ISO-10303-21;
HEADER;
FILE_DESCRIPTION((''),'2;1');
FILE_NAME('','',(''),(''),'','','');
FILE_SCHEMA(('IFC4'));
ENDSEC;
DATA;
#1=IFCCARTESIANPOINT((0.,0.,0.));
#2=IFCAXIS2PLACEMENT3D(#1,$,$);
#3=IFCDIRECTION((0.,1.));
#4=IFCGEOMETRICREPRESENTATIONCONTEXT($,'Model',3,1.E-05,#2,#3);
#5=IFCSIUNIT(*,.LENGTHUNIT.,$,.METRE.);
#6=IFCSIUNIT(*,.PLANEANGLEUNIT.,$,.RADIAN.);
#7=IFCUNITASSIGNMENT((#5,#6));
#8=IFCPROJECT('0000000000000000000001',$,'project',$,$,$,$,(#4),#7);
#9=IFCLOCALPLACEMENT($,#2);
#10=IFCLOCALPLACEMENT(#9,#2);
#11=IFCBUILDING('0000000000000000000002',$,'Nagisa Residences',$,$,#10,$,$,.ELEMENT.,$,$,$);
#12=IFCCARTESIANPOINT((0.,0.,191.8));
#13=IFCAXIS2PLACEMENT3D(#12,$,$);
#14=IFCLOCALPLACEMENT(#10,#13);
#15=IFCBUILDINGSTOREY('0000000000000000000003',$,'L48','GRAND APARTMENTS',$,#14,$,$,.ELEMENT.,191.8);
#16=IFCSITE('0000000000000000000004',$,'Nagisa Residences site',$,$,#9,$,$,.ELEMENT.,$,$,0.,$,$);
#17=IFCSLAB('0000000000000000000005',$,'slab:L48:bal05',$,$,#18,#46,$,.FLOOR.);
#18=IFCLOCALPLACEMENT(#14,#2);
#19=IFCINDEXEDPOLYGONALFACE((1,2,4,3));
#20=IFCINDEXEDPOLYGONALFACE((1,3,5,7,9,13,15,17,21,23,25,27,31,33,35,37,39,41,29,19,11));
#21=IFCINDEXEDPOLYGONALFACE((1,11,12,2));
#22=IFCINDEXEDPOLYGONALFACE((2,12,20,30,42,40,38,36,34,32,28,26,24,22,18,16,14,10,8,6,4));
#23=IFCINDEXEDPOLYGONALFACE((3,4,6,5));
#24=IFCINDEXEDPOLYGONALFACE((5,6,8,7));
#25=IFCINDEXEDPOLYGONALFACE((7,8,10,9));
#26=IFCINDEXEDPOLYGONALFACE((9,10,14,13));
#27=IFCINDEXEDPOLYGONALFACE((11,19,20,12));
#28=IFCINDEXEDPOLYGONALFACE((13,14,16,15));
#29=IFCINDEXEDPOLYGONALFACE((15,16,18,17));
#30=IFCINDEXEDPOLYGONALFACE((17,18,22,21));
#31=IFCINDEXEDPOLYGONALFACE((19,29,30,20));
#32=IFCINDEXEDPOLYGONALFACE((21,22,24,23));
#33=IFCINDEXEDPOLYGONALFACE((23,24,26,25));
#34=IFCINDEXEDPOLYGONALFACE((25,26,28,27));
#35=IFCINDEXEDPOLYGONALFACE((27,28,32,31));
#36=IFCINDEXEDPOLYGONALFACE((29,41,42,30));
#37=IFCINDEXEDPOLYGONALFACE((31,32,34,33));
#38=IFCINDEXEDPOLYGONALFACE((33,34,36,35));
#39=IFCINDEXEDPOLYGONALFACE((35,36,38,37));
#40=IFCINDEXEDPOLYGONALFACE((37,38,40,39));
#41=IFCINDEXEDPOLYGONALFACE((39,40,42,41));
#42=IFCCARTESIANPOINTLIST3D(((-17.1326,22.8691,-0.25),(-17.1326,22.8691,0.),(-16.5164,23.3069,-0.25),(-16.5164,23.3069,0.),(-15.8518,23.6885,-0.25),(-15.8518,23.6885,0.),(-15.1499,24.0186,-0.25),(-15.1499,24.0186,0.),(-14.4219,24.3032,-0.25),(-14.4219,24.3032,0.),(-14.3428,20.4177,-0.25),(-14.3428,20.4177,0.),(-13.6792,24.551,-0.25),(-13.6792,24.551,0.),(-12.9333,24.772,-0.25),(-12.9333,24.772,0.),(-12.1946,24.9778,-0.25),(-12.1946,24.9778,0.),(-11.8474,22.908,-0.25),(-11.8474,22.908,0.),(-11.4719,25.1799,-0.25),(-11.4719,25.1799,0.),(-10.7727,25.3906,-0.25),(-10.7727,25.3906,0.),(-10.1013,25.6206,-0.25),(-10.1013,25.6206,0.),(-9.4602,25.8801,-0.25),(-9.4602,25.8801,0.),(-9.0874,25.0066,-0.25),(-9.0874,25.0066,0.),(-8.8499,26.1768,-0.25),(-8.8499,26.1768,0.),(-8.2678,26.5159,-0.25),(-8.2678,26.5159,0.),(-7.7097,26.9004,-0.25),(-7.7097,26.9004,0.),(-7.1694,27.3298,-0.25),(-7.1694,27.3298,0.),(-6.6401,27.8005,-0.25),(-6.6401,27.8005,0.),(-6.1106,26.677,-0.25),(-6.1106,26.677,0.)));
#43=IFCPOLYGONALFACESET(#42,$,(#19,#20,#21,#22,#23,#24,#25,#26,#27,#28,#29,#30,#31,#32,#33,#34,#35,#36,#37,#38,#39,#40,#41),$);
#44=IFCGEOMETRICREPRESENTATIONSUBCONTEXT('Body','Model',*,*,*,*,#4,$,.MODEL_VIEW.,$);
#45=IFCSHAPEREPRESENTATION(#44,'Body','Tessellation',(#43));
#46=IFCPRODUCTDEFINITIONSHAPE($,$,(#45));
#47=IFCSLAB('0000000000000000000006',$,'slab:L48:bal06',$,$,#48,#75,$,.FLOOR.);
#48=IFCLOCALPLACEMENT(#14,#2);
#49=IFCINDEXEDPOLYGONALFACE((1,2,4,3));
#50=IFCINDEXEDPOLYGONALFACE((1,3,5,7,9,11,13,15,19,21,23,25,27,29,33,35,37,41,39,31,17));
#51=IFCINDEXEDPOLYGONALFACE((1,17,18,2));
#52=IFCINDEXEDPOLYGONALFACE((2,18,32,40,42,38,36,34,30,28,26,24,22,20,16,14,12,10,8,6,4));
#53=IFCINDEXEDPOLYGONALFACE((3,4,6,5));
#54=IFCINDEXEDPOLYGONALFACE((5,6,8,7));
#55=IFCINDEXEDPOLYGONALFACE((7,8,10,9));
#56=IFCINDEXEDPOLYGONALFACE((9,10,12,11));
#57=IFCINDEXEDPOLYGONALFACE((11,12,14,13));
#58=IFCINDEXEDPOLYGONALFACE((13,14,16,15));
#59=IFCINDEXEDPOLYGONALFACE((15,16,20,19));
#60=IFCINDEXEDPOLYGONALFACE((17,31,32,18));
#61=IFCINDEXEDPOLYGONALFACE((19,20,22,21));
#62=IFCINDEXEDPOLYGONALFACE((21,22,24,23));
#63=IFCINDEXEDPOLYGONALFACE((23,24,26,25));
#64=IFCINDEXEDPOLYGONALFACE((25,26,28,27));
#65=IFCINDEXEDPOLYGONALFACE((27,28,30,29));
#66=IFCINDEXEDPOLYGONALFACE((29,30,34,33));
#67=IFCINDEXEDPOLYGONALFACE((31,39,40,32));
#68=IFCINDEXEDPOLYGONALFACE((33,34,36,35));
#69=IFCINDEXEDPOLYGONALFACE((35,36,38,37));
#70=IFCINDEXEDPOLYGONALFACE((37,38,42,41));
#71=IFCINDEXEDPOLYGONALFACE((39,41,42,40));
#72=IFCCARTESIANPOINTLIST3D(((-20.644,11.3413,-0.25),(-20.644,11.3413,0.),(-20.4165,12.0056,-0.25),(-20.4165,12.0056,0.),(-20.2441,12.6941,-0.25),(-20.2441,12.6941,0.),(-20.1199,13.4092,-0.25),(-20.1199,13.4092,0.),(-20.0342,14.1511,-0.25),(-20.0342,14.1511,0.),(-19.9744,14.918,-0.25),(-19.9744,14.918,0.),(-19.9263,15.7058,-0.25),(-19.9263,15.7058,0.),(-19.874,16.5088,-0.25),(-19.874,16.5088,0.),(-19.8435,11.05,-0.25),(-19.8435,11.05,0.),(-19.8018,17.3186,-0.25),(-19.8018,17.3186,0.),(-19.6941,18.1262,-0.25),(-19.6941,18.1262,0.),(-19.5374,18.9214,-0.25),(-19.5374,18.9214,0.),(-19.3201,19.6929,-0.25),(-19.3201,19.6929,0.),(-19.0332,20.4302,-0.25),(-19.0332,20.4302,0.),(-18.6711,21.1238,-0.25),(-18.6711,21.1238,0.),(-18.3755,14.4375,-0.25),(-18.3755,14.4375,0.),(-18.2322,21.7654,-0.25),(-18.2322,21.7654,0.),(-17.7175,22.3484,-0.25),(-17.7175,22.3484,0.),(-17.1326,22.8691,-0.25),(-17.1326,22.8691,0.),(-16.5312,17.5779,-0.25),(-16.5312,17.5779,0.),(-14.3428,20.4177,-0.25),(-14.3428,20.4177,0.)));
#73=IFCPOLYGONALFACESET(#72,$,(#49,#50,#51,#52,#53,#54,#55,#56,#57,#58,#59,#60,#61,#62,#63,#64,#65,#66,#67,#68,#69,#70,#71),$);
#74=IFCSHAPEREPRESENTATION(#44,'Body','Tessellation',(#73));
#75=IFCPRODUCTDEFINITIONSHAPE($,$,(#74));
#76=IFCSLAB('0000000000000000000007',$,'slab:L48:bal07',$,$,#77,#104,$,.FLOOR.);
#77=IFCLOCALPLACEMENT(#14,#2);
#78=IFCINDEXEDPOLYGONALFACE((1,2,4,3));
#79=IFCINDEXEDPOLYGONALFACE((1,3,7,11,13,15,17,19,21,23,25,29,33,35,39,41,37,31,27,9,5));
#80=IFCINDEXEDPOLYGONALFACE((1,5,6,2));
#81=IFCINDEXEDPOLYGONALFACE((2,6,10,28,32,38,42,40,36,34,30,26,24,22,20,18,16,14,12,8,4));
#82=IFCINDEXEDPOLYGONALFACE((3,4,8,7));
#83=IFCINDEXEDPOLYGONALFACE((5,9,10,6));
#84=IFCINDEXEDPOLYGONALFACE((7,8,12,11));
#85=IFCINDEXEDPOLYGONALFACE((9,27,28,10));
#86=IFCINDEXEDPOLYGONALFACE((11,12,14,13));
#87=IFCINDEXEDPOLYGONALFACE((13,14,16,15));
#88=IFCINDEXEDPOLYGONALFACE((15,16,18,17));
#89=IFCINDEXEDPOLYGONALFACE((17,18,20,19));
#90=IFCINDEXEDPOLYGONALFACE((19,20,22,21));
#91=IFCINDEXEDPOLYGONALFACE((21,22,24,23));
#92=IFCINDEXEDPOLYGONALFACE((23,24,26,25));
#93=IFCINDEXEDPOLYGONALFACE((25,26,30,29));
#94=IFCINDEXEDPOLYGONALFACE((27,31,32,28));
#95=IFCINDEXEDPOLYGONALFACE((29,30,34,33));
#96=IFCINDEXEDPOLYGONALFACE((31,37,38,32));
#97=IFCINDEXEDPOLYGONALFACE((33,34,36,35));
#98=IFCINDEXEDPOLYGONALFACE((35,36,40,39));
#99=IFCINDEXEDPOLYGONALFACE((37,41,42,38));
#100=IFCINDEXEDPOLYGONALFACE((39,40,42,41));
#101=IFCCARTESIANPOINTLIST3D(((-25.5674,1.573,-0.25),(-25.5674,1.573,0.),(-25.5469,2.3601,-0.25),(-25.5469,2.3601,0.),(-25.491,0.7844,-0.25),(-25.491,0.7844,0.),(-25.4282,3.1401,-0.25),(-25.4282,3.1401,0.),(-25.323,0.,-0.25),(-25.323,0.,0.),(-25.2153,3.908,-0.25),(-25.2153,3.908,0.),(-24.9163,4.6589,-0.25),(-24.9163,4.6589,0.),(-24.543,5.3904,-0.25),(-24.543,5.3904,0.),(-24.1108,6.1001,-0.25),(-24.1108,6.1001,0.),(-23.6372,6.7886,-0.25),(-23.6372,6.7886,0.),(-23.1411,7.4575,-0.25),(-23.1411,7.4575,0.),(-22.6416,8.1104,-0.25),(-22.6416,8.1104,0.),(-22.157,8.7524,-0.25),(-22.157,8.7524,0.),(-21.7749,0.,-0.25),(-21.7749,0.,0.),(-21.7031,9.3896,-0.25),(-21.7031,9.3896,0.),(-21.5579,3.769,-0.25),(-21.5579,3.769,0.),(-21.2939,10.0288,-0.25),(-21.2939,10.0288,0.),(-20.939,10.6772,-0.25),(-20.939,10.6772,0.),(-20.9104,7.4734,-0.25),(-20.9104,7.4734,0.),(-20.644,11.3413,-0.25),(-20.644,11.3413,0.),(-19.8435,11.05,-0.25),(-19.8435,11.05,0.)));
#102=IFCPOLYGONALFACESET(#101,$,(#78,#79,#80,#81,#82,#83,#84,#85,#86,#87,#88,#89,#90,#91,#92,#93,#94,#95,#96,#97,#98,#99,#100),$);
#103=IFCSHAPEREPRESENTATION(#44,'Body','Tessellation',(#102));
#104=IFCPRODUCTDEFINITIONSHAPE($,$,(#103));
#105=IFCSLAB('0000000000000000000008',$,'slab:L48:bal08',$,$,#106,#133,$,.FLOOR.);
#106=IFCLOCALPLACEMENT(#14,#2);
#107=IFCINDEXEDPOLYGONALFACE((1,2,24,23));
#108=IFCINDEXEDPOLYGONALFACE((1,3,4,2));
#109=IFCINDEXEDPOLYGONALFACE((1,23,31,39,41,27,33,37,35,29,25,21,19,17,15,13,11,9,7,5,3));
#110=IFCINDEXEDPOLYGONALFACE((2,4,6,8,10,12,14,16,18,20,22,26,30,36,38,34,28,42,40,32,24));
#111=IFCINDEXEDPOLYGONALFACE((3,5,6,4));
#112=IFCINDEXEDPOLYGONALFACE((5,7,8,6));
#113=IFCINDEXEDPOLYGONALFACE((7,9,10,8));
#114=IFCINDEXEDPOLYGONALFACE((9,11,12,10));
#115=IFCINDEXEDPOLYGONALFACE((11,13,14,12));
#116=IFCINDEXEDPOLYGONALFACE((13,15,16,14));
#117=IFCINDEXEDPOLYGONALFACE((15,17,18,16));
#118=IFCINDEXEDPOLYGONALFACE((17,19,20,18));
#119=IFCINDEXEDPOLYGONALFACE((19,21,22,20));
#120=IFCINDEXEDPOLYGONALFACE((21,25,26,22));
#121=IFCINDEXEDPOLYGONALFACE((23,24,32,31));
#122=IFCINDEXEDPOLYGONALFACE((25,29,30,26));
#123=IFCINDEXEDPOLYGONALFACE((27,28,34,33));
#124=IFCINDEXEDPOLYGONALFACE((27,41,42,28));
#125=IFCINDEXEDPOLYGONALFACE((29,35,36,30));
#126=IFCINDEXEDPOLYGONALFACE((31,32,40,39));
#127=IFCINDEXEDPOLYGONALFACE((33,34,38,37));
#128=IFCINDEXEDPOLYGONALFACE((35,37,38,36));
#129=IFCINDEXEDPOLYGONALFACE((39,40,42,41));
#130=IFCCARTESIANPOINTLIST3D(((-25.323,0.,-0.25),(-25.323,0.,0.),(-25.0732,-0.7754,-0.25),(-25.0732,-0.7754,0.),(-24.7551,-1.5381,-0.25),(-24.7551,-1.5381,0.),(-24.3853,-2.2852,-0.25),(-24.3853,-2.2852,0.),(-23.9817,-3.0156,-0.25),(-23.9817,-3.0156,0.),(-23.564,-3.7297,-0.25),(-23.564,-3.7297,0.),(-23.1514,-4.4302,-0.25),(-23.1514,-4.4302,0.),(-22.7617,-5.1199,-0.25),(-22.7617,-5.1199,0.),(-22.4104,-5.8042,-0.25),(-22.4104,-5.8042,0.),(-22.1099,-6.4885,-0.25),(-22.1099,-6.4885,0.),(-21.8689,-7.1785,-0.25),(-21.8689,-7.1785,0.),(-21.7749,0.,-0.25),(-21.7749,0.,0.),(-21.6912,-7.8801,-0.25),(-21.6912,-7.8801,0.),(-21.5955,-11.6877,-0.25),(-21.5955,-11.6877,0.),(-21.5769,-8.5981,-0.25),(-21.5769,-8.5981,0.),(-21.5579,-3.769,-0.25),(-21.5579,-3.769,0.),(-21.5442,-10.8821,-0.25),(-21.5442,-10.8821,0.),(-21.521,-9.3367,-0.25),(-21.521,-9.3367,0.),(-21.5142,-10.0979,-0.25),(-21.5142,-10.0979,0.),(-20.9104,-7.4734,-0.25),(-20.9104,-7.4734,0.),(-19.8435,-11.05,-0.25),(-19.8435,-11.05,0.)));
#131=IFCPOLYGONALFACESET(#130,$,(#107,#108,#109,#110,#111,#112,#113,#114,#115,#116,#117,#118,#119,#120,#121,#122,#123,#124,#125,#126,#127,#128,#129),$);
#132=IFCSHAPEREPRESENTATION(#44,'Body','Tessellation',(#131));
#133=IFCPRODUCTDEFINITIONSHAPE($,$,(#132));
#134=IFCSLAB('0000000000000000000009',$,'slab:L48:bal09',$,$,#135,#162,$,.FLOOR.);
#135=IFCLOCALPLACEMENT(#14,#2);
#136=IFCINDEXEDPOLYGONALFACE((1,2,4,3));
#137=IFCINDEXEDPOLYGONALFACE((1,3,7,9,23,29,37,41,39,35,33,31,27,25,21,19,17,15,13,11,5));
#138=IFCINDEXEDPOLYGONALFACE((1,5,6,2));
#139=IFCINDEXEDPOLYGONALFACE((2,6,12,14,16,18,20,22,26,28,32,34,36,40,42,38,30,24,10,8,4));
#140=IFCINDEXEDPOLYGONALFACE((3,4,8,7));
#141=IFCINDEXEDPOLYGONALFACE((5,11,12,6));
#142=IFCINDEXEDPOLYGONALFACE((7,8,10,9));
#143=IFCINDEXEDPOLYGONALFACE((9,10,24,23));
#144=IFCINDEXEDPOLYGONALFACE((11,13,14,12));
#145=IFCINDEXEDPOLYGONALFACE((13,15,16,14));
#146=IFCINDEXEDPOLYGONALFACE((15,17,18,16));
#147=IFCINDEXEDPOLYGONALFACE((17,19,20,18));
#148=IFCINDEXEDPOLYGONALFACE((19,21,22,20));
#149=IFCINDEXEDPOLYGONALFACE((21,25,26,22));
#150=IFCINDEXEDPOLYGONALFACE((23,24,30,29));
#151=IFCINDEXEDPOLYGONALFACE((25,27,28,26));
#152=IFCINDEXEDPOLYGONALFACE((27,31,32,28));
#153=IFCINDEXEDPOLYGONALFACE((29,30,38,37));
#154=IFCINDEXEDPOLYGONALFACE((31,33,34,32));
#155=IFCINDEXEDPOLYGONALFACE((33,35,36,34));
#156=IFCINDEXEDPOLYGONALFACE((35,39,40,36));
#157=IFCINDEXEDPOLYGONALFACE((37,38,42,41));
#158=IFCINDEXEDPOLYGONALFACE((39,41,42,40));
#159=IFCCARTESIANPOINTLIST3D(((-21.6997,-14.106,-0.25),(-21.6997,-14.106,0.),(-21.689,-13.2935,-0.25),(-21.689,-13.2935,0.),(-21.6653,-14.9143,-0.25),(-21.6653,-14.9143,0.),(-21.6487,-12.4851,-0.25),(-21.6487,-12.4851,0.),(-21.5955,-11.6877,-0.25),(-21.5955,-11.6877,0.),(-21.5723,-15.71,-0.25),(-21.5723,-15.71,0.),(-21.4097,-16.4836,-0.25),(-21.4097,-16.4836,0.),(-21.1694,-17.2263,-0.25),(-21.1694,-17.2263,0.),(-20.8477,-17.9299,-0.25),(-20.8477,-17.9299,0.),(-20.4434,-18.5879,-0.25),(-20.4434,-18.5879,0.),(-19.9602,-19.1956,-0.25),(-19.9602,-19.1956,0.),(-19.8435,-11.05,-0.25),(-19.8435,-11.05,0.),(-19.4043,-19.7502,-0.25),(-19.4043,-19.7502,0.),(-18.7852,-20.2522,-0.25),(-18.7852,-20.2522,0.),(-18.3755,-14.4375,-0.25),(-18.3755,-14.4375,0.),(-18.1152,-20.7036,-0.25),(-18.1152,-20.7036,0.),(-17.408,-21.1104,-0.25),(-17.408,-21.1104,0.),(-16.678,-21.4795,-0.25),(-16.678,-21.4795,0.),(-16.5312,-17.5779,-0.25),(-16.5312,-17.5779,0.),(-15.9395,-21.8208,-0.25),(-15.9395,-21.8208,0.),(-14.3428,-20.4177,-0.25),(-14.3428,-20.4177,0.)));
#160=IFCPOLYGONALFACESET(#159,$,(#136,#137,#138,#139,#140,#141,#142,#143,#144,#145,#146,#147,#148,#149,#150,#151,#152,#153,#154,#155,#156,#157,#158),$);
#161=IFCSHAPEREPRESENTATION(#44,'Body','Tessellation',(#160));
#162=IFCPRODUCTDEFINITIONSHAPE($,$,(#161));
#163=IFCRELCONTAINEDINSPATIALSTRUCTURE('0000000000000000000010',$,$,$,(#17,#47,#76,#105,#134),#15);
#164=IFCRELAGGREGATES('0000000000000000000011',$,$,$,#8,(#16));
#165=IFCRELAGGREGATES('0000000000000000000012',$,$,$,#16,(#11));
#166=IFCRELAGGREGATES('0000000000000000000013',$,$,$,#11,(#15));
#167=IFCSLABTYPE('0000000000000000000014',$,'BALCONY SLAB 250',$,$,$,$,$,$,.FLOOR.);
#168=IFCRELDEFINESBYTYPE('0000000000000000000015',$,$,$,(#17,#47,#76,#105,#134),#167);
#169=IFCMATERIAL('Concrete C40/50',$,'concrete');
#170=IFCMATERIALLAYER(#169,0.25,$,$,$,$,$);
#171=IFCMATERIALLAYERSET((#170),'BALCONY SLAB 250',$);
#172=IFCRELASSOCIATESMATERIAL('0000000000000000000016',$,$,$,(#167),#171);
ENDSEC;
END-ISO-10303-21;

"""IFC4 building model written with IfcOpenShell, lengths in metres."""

from ifc_helpers import new_model, si_unit, direction, frame, origin, place, context, subcontext, project, spatial, polyline, outline, extrude, material, layer, layer_set, type_object, element, save


model = new_model("IFC4")

# Units and contexts
model_context = context("Model", 3, precision=1e-05, world=origin(), true_north=direction((0.0, 1.0)))
body_context = subcontext(model_context, "Body", "Model", "MODEL_VIEW")
ifc_project = project(units=[si_unit("LENGTHUNIT", "METRE"), si_unit("PLANEANGLEUNIT", "RADIAN")], contexts=[model_context])

# Site, building, storey
site_placement = place(None, origin())
site = spatial("IfcSite", under=ifc_project, at=site_placement, Name="Nagisa Residences site", CompositionType="ELEMENT", RefElevation=0.0)
building_placement = place(site_placement, origin())
building = spatial("IfcBuilding", under=site, at=building_placement, Name="Nagisa Residences", CompositionType="ELEMENT")
storey_placement = place(building_placement, frame((0.0, 0.0, 191.8)))
storey = spatial("IfcBuildingStorey", under=building, at=storey_placement, Name="L48", Description="GRAND APARTMENTS", CompositionType="ELEMENT", Elevation=191.8)

# Slabs
ifc_material_1 = material(Name="Concrete C40/50", Category="concrete")
ifc_layer_1 = layer(ifc_material_1, 0.25)
ifc_layer_set_1 = layer_set([ifc_layer_1], Name="BALCONY SLAB 250")
slab_type_1 = type_object("IfcSlabType", Name="BALCONY SLAB 250", PredefinedType="FLOOR", material=ifc_layer_set_1)
slab_1_placement = place(storey_placement, frame((0.0, 0.0, -0.25)))
element("IfcSlab", 1, at=slab_1_placement, inside=storey, type_object=slab_type_1, Name="slab:L48:bal05", PredefinedType="FLOOR", context=body_context, shape_type="SweptSolid", body=[
    extrude(outline(polyline([(-6.6401, 27.8005), (-7.1694, 27.3298), (-7.7097, 26.9004), (-8.2678, 26.5159), (-8.8499, 26.1768), (-9.4602, 25.8801), (-10.1013, 25.6206), (-10.7727, 25.3906), (-11.4719, 25.1799), (-12.1946, 24.9778), (-12.9333, 24.772), (-13.6792, 24.551), (-14.4219, 24.3032), (-15.1499, 24.0186), (-15.8518, 23.6885), (-16.5164, 23.3069), (-17.1326, 22.8691), (-14.3428, 20.4177), (-11.8474, 22.908), (-9.0874, 25.0066), (-6.1106, 26.677), (-6.6401, 27.8005)])), origin(), (0.0, 0.0, 1.0), 0.25),
])
slab_2_placement = place(storey_placement, frame((0.0, 0.0, -0.25)))
element("IfcSlab", 2, at=slab_2_placement, inside=storey, type_object=slab_type_1, Name="slab:L48:bal06", PredefinedType="FLOOR", context=body_context, shape_type="SweptSolid", body=[
    extrude(outline(polyline([(-17.1326, 22.8691), (-17.7175, 22.3484), (-18.2322, 21.7654), (-18.6711, 21.1238), (-19.0332, 20.4302), (-19.3201, 19.6929), (-19.5374, 18.9214), (-19.6941, 18.1262), (-19.8018, 17.3186), (-19.874, 16.5088), (-19.9263, 15.7058), (-19.9744, 14.918), (-20.0342, 14.1511), (-20.1199, 13.4092), (-20.2441, 12.6941), (-20.4165, 12.0056), (-20.644, 11.3413), (-19.8435, 11.05), (-18.3755, 14.4375), (-16.5312, 17.5779), (-14.3428, 20.4177), (-17.1326, 22.8691)])), origin(), (0.0, 0.0, 1.0), 0.25),
])
slab_3_placement = place(storey_placement, frame((0.0, 0.0, -0.25)))
element("IfcSlab", 3, at=slab_3_placement, inside=storey, type_object=slab_type_1, Name="slab:L48:bal07", PredefinedType="FLOOR", context=body_context, shape_type="SweptSolid", body=[
    extrude(outline(polyline([(-20.644, 11.3413), (-20.939, 10.6772), (-21.2939, 10.0288), (-21.7031, 9.3896), (-22.157, 8.7524), (-22.6416, 8.1104), (-23.1411, 7.4575), (-23.6372, 6.7886), (-24.1108, 6.1001), (-24.543, 5.3904), (-24.9163, 4.6589), (-25.2153, 3.908), (-25.4282, 3.1401), (-25.5469, 2.3601), (-25.5674, 1.573), (-25.491, 0.7844), (-25.323, 0.0), (-21.7749, 0.0), (-21.5579, 3.769), (-20.9104, 7.4734), (-19.8435, 11.05), (-20.644, 11.3413)])), origin(), (0.0, 0.0, 1.0), 0.25),
])
slab_4_placement = place(storey_placement, frame((0.0, 0.0, -0.25)))
element("IfcSlab", 4, at=slab_4_placement, inside=storey, type_object=slab_type_1, Name="slab:L48:bal08", PredefinedType="FLOOR", context=body_context, shape_type="SweptSolid", body=[
    extrude(outline(polyline([(-25.323, 0.0), (-25.0732, -0.7754), (-24.7551, -1.5381), (-24.3853, -2.2852), (-23.9817, -3.0156), (-23.564, -3.7297), (-23.1514, -4.4302), (-22.7617, -5.1199), (-22.4104, -5.8042), (-22.1099, -6.4885), (-21.8689, -7.1785), (-21.6912, -7.8801), (-21.5769, -8.5981), (-21.521, -9.3367), (-21.5142, -10.0979), (-21.5442, -10.8821), (-21.5955, -11.6877), (-19.8435, -11.05), (-20.9104, -7.4734), (-21.5579, -3.769), (-21.7749, 0.0), (-25.323, 0.0)])), origin(), (0.0, 0.0, 1.0), 0.25),
])
slab_5_placement = place(storey_placement, frame((0.0, 0.0, -0.25)))
element("IfcSlab", 5, at=slab_5_placement, inside=storey, type_object=slab_type_1, Name="slab:L48:bal09", PredefinedType="FLOOR", context=body_context, shape_type="SweptSolid", body=[
    extrude(outline(polyline([(-21.5955, -11.6877), (-21.6487, -12.4851), (-21.689, -13.2935), (-21.6997, -14.106), (-21.6653, -14.9143), (-21.5723, -15.71), (-21.4097, -16.4836), (-21.1694, -17.2263), (-20.8477, -17.9299), (-20.4434, -18.5879), (-19.9602, -19.1956), (-19.4043, -19.7502), (-18.7852, -20.2522), (-18.1152, -20.7036), (-17.408, -21.1104), (-16.678, -21.4795), (-15.9395, -21.8208), (-14.3428, -20.4177), (-16.5312, -17.5779), (-18.3755, -14.4375), (-19.8435, -11.05), (-21.5955, -11.6877)])), origin(), (0.0, 0.0, 1.0), 0.25),
])

save(model, "model.ifc")
